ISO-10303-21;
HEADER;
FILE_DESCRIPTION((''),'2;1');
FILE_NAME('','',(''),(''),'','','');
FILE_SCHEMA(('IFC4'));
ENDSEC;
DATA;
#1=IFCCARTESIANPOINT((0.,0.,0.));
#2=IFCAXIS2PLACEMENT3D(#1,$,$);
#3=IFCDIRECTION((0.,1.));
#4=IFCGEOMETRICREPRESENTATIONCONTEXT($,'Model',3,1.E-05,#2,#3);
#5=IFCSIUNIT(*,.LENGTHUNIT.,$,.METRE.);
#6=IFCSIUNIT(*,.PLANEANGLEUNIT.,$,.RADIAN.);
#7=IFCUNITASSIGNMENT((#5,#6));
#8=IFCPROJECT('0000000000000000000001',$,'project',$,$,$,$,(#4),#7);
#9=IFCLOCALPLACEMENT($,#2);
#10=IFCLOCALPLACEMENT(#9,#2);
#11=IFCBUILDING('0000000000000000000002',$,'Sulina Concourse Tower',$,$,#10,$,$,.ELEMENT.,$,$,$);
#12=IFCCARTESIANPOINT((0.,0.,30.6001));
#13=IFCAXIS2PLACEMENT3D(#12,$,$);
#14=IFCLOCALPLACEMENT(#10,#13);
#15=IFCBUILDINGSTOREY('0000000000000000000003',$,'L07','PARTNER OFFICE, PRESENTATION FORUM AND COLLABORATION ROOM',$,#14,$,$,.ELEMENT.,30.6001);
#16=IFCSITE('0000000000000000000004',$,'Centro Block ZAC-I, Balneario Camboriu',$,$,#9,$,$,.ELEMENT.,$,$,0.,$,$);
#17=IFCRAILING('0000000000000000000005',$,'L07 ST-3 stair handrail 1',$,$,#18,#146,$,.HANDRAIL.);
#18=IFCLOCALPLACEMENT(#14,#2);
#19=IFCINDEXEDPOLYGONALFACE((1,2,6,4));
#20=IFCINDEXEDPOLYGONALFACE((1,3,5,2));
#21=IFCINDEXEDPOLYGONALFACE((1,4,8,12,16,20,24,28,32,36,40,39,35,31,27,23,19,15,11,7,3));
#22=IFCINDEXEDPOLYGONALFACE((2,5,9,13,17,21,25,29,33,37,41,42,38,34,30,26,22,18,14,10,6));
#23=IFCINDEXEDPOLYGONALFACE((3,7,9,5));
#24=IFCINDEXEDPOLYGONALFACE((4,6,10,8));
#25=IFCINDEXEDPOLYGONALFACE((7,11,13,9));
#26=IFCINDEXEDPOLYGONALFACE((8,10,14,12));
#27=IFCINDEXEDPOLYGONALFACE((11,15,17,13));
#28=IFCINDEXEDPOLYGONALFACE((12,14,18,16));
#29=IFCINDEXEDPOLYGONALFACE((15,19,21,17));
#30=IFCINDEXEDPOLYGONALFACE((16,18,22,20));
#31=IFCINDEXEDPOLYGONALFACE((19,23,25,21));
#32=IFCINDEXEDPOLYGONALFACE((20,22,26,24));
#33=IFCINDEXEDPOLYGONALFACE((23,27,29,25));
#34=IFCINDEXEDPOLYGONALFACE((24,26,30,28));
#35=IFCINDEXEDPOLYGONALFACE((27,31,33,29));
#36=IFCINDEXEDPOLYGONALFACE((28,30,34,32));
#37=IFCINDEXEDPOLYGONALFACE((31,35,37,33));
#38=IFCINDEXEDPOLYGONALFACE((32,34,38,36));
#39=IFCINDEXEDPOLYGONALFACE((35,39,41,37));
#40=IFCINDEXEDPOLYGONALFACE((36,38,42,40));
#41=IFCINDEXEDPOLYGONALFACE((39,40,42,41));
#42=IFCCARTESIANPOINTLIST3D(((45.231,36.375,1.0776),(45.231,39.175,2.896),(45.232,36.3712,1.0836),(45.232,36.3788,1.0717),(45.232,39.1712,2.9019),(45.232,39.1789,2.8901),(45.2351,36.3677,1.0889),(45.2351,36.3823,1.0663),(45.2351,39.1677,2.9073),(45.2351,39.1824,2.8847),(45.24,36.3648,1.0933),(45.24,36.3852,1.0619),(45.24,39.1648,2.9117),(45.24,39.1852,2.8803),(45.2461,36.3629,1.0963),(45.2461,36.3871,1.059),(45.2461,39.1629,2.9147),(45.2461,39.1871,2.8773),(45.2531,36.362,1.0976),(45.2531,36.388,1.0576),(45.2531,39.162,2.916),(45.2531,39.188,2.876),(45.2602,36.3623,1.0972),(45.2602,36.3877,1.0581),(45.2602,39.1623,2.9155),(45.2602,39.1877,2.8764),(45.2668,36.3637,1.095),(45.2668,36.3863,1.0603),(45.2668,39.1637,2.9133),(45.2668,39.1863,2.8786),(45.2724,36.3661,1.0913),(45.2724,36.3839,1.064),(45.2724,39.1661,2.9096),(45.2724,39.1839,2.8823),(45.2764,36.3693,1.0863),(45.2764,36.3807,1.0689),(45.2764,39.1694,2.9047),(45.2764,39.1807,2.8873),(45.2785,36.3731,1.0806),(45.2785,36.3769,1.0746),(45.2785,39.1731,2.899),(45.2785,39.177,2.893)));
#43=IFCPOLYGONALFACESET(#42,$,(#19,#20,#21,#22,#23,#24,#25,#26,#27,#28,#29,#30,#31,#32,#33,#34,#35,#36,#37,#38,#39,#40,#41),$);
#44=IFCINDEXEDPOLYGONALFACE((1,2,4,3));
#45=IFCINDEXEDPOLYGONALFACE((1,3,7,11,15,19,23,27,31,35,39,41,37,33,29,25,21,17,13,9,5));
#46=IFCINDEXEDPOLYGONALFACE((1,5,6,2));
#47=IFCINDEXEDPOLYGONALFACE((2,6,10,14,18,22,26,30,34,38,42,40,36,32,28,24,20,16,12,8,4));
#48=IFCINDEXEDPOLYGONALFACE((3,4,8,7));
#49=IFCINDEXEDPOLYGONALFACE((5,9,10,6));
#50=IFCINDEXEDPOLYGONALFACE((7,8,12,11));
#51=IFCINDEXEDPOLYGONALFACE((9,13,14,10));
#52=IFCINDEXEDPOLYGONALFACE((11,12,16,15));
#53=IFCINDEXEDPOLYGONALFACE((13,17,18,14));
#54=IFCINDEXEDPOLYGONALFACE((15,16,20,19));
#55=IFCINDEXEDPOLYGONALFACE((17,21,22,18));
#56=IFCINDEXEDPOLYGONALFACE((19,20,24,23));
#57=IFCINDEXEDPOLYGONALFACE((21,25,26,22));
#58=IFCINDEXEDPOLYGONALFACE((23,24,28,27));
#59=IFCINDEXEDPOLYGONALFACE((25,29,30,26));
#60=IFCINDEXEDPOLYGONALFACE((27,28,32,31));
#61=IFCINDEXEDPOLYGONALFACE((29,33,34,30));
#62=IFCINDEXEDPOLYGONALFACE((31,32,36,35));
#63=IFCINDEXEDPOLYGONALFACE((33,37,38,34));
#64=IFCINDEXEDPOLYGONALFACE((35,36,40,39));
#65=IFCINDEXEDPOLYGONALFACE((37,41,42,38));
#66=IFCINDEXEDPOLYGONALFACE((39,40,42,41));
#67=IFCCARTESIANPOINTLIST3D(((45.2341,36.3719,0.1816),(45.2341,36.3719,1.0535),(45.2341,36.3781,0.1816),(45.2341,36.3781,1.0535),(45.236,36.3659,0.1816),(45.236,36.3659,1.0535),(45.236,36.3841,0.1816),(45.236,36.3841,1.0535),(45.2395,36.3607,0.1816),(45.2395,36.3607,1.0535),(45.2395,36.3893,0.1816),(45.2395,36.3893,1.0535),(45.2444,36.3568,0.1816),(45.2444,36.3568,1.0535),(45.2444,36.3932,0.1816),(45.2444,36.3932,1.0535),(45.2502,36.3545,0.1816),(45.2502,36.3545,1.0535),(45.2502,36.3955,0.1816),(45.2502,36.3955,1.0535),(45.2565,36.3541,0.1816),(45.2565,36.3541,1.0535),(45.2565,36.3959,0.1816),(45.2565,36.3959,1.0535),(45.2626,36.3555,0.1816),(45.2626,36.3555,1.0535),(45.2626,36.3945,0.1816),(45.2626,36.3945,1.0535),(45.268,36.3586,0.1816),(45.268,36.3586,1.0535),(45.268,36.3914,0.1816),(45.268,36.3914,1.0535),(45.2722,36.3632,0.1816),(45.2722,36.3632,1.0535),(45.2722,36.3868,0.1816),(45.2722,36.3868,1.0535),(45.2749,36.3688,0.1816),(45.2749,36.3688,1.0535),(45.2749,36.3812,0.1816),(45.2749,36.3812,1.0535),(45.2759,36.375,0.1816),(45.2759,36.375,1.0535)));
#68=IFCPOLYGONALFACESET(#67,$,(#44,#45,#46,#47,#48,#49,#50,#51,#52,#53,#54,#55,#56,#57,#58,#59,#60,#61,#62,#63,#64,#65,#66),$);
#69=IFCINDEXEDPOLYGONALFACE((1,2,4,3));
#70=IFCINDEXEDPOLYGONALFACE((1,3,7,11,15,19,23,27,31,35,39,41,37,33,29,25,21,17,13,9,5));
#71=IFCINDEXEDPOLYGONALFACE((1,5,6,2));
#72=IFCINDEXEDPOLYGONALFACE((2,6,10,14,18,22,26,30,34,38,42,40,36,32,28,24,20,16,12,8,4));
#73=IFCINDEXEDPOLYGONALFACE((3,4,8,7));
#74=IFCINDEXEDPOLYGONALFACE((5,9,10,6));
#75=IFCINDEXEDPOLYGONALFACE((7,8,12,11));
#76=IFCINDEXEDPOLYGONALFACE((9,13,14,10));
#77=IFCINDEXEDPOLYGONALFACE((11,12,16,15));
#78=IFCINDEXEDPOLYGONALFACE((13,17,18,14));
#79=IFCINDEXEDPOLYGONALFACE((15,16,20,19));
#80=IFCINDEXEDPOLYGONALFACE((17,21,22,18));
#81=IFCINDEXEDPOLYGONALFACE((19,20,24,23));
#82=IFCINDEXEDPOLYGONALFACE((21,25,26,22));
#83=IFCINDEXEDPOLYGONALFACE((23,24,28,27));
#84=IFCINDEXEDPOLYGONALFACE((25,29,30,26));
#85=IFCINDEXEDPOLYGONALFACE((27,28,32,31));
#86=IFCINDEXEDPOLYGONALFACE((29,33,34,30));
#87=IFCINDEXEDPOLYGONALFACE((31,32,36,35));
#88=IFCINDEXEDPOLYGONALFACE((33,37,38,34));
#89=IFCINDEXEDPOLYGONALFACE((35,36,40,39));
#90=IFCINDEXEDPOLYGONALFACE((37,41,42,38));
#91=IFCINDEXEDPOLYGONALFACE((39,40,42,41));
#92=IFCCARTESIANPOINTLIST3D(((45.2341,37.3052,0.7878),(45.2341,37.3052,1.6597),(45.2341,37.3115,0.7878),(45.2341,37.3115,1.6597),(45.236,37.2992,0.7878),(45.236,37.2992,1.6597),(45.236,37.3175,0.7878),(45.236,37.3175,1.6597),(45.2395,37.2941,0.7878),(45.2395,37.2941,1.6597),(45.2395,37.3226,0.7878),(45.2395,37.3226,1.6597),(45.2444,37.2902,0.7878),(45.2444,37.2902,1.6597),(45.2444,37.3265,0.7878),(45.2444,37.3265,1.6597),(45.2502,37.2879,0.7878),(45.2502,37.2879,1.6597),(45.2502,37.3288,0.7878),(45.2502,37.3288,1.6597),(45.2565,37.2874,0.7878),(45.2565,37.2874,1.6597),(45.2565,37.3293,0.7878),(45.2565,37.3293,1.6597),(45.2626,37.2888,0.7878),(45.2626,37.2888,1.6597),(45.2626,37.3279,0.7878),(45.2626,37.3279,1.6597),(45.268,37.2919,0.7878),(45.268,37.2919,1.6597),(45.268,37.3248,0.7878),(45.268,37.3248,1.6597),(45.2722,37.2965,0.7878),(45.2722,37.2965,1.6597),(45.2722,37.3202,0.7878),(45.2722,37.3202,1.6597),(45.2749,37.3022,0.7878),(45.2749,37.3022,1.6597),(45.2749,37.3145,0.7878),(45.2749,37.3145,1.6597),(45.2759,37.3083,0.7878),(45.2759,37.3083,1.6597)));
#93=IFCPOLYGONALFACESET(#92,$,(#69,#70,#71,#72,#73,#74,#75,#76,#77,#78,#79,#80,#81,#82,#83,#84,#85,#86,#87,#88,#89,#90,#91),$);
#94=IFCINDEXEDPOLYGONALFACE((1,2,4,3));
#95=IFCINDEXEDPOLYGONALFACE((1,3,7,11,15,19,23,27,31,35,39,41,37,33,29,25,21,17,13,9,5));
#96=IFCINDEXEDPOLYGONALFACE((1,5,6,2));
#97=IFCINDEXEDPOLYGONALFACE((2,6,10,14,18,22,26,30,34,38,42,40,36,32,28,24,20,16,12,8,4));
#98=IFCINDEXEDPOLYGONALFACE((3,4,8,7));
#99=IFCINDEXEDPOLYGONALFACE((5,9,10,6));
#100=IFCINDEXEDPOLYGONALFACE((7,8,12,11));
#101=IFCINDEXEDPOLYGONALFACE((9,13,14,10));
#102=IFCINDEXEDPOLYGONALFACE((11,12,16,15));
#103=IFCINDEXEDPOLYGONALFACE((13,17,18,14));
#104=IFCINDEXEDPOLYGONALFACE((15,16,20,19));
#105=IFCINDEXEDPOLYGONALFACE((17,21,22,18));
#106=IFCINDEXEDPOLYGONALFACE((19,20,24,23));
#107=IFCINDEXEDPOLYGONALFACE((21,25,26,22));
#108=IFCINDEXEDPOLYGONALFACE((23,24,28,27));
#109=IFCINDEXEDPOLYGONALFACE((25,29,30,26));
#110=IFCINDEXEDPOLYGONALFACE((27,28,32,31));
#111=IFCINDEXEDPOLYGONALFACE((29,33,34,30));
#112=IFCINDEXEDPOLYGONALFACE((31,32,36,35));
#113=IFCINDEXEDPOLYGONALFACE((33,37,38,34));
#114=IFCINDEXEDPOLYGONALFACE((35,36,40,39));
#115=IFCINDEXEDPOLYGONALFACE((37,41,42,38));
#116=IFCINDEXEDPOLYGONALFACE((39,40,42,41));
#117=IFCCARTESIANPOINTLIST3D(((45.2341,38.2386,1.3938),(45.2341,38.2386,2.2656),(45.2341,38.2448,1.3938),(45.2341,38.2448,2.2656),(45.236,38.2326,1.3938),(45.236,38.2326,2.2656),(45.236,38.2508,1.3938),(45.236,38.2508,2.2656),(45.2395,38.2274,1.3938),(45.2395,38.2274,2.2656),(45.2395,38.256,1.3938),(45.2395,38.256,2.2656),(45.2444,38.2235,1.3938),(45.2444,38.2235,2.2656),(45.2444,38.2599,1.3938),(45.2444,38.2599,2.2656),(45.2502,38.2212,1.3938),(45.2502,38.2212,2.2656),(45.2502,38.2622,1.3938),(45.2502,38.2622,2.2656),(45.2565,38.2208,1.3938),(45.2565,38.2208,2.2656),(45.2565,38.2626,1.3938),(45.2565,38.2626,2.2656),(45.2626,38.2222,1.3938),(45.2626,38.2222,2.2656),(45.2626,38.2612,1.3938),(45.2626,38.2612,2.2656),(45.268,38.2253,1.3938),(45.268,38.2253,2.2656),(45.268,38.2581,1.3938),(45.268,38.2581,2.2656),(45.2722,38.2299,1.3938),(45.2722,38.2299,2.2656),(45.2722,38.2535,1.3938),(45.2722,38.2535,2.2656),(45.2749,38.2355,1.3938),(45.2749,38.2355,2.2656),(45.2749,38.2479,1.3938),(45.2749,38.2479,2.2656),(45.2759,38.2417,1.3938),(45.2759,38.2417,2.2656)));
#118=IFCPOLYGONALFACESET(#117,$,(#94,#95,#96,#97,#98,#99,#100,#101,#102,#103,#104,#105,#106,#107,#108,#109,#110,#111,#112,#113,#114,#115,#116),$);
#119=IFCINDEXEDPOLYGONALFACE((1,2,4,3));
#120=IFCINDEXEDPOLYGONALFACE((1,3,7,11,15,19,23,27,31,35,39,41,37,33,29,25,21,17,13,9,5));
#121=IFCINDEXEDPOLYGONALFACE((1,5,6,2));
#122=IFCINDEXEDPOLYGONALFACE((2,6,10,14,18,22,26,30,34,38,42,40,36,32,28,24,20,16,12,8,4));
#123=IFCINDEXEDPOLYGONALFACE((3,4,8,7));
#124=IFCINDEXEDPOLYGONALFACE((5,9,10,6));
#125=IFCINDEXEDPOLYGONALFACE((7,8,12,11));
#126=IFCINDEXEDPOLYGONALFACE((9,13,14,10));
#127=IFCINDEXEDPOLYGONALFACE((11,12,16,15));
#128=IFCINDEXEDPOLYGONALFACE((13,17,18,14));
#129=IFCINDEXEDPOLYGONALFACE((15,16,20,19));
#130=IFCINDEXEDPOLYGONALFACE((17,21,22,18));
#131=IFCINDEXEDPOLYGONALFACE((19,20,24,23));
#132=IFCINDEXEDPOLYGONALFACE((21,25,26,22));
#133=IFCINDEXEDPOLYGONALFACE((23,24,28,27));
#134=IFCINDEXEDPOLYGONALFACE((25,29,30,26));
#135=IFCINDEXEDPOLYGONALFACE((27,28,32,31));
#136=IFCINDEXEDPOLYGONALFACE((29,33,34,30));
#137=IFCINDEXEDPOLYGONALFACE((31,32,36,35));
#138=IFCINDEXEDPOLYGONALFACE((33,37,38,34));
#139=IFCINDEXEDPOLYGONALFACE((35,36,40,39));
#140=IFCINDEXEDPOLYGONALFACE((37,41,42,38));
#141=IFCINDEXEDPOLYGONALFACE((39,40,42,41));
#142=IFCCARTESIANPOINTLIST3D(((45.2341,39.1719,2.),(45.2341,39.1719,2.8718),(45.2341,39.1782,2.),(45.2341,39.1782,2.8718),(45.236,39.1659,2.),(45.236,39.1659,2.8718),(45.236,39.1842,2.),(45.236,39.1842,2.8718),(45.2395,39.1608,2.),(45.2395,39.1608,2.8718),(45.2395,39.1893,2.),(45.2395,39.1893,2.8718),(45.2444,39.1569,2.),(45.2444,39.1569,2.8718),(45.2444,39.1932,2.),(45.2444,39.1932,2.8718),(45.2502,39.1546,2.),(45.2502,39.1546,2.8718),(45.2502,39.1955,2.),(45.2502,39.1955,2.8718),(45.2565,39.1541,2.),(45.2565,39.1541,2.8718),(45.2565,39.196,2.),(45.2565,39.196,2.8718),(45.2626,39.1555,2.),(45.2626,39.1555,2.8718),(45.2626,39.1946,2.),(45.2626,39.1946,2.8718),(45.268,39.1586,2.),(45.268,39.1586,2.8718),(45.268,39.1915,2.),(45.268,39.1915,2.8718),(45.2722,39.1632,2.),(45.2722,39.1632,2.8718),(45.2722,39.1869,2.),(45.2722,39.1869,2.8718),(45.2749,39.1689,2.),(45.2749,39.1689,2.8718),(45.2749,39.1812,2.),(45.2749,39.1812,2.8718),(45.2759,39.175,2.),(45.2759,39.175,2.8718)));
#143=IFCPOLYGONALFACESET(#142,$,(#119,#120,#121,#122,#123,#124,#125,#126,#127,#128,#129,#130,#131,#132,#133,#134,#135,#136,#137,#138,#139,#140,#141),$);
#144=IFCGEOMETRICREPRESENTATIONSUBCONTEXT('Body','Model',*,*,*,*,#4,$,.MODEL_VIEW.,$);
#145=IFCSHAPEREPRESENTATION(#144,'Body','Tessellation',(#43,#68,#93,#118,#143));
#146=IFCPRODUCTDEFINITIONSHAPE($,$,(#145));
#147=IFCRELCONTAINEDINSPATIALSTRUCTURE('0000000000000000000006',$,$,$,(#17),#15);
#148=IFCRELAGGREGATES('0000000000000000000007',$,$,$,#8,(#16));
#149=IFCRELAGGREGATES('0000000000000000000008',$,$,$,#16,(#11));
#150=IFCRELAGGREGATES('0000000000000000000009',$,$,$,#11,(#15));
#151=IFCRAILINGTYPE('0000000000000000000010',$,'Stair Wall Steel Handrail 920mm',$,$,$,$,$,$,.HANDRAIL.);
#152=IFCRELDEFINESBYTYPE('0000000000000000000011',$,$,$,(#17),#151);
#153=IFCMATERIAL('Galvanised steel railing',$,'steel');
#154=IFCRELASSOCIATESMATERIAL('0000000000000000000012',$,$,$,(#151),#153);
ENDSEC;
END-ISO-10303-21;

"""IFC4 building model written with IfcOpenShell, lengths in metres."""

from ifc_helpers import new_model, si_unit, direction, frame, origin, origin_2d, place, context, subcontext, project, spatial, circle, extrude, material, type_object, element, save


model = new_model("IFC4")

# Units and contexts
model_context = context("Model", 3, precision=1e-05, world=origin(), true_north=direction((0.0, 1.0)))
body_context = subcontext(model_context, "Body", "Model", "MODEL_VIEW")
ifc_project = project(units=[si_unit("LENGTHUNIT", "METRE"), si_unit("PLANEANGLEUNIT", "RADIAN")], contexts=[model_context])

# Site, building, storey
site_placement = place(None, origin())
site = spatial("IfcSite", under=ifc_project, at=site_placement, Name="Centro Block ZAC-I, Balneario Camboriu", CompositionType="ELEMENT", RefElevation=0.0)
building_placement = place(site_placement, origin())
building = spatial("IfcBuilding", under=site, at=building_placement, Name="Sulina Concourse Tower", CompositionType="ELEMENT")
storey_placement = place(building_placement, frame((0.0, 0.0, 30.6001)))
storey = spatial("IfcBuildingStorey", under=building, at=storey_placement, Name="L07", Description="PARTNER OFFICE, PRESENTATION FORUM AND COLLABORATION ROOM", CompositionType="ELEMENT", Elevation=30.6001)

# Railing
ifc_material_1 = material(Name="Galvanised steel railing", Category="steel")
railing_type_1 = type_object("IfcRailingType", Name="Stair Wall Steel Handrail 920mm", PredefinedType="HANDRAIL", material=ifc_material_1)
railing_1_placement = place(storey_placement, frame((45.2549, 36.375, 0.1816)))
element("IfcRailing", 1, at=railing_1_placement, inside=storey, type_object=railing_type_1, Name="L07 ST-3 stair handrail 1", PredefinedType="HANDRAIL", context=body_context, shape_type="SweptSolid", body=[
    extrude(circle(Radius=0.0239, at=origin_2d()), frame((0.0, 0.0, 0.896), z_axis=(0.0, 0.838672, 0.544636), x_axis=(-1.0, 0.0, 0.0)), (0.0, 0.0, 1.0), 3.3386),
    extrude(circle(Radius=0.021, at=origin_2d()), origin(), (0.0, 0.0, 1.0), 0.8718),
    extrude(circle(Radius=0.021, at=origin_2d()), frame((0.0, 0.9333, 0.6062)), (0.0, 0.0, 1.0), 0.8718),
    extrude(circle(Radius=0.021, at=origin_2d()), frame((0.0, 1.8667, 1.2122)), (0.0, 0.0, 1.0), 0.8718),
    extrude(circle(Radius=0.021, at=origin_2d()), frame((0.0, 2.8, 1.8184)), (0.0, 0.0, 1.0), 0.8718),
])

save(model, "model.ifc")
